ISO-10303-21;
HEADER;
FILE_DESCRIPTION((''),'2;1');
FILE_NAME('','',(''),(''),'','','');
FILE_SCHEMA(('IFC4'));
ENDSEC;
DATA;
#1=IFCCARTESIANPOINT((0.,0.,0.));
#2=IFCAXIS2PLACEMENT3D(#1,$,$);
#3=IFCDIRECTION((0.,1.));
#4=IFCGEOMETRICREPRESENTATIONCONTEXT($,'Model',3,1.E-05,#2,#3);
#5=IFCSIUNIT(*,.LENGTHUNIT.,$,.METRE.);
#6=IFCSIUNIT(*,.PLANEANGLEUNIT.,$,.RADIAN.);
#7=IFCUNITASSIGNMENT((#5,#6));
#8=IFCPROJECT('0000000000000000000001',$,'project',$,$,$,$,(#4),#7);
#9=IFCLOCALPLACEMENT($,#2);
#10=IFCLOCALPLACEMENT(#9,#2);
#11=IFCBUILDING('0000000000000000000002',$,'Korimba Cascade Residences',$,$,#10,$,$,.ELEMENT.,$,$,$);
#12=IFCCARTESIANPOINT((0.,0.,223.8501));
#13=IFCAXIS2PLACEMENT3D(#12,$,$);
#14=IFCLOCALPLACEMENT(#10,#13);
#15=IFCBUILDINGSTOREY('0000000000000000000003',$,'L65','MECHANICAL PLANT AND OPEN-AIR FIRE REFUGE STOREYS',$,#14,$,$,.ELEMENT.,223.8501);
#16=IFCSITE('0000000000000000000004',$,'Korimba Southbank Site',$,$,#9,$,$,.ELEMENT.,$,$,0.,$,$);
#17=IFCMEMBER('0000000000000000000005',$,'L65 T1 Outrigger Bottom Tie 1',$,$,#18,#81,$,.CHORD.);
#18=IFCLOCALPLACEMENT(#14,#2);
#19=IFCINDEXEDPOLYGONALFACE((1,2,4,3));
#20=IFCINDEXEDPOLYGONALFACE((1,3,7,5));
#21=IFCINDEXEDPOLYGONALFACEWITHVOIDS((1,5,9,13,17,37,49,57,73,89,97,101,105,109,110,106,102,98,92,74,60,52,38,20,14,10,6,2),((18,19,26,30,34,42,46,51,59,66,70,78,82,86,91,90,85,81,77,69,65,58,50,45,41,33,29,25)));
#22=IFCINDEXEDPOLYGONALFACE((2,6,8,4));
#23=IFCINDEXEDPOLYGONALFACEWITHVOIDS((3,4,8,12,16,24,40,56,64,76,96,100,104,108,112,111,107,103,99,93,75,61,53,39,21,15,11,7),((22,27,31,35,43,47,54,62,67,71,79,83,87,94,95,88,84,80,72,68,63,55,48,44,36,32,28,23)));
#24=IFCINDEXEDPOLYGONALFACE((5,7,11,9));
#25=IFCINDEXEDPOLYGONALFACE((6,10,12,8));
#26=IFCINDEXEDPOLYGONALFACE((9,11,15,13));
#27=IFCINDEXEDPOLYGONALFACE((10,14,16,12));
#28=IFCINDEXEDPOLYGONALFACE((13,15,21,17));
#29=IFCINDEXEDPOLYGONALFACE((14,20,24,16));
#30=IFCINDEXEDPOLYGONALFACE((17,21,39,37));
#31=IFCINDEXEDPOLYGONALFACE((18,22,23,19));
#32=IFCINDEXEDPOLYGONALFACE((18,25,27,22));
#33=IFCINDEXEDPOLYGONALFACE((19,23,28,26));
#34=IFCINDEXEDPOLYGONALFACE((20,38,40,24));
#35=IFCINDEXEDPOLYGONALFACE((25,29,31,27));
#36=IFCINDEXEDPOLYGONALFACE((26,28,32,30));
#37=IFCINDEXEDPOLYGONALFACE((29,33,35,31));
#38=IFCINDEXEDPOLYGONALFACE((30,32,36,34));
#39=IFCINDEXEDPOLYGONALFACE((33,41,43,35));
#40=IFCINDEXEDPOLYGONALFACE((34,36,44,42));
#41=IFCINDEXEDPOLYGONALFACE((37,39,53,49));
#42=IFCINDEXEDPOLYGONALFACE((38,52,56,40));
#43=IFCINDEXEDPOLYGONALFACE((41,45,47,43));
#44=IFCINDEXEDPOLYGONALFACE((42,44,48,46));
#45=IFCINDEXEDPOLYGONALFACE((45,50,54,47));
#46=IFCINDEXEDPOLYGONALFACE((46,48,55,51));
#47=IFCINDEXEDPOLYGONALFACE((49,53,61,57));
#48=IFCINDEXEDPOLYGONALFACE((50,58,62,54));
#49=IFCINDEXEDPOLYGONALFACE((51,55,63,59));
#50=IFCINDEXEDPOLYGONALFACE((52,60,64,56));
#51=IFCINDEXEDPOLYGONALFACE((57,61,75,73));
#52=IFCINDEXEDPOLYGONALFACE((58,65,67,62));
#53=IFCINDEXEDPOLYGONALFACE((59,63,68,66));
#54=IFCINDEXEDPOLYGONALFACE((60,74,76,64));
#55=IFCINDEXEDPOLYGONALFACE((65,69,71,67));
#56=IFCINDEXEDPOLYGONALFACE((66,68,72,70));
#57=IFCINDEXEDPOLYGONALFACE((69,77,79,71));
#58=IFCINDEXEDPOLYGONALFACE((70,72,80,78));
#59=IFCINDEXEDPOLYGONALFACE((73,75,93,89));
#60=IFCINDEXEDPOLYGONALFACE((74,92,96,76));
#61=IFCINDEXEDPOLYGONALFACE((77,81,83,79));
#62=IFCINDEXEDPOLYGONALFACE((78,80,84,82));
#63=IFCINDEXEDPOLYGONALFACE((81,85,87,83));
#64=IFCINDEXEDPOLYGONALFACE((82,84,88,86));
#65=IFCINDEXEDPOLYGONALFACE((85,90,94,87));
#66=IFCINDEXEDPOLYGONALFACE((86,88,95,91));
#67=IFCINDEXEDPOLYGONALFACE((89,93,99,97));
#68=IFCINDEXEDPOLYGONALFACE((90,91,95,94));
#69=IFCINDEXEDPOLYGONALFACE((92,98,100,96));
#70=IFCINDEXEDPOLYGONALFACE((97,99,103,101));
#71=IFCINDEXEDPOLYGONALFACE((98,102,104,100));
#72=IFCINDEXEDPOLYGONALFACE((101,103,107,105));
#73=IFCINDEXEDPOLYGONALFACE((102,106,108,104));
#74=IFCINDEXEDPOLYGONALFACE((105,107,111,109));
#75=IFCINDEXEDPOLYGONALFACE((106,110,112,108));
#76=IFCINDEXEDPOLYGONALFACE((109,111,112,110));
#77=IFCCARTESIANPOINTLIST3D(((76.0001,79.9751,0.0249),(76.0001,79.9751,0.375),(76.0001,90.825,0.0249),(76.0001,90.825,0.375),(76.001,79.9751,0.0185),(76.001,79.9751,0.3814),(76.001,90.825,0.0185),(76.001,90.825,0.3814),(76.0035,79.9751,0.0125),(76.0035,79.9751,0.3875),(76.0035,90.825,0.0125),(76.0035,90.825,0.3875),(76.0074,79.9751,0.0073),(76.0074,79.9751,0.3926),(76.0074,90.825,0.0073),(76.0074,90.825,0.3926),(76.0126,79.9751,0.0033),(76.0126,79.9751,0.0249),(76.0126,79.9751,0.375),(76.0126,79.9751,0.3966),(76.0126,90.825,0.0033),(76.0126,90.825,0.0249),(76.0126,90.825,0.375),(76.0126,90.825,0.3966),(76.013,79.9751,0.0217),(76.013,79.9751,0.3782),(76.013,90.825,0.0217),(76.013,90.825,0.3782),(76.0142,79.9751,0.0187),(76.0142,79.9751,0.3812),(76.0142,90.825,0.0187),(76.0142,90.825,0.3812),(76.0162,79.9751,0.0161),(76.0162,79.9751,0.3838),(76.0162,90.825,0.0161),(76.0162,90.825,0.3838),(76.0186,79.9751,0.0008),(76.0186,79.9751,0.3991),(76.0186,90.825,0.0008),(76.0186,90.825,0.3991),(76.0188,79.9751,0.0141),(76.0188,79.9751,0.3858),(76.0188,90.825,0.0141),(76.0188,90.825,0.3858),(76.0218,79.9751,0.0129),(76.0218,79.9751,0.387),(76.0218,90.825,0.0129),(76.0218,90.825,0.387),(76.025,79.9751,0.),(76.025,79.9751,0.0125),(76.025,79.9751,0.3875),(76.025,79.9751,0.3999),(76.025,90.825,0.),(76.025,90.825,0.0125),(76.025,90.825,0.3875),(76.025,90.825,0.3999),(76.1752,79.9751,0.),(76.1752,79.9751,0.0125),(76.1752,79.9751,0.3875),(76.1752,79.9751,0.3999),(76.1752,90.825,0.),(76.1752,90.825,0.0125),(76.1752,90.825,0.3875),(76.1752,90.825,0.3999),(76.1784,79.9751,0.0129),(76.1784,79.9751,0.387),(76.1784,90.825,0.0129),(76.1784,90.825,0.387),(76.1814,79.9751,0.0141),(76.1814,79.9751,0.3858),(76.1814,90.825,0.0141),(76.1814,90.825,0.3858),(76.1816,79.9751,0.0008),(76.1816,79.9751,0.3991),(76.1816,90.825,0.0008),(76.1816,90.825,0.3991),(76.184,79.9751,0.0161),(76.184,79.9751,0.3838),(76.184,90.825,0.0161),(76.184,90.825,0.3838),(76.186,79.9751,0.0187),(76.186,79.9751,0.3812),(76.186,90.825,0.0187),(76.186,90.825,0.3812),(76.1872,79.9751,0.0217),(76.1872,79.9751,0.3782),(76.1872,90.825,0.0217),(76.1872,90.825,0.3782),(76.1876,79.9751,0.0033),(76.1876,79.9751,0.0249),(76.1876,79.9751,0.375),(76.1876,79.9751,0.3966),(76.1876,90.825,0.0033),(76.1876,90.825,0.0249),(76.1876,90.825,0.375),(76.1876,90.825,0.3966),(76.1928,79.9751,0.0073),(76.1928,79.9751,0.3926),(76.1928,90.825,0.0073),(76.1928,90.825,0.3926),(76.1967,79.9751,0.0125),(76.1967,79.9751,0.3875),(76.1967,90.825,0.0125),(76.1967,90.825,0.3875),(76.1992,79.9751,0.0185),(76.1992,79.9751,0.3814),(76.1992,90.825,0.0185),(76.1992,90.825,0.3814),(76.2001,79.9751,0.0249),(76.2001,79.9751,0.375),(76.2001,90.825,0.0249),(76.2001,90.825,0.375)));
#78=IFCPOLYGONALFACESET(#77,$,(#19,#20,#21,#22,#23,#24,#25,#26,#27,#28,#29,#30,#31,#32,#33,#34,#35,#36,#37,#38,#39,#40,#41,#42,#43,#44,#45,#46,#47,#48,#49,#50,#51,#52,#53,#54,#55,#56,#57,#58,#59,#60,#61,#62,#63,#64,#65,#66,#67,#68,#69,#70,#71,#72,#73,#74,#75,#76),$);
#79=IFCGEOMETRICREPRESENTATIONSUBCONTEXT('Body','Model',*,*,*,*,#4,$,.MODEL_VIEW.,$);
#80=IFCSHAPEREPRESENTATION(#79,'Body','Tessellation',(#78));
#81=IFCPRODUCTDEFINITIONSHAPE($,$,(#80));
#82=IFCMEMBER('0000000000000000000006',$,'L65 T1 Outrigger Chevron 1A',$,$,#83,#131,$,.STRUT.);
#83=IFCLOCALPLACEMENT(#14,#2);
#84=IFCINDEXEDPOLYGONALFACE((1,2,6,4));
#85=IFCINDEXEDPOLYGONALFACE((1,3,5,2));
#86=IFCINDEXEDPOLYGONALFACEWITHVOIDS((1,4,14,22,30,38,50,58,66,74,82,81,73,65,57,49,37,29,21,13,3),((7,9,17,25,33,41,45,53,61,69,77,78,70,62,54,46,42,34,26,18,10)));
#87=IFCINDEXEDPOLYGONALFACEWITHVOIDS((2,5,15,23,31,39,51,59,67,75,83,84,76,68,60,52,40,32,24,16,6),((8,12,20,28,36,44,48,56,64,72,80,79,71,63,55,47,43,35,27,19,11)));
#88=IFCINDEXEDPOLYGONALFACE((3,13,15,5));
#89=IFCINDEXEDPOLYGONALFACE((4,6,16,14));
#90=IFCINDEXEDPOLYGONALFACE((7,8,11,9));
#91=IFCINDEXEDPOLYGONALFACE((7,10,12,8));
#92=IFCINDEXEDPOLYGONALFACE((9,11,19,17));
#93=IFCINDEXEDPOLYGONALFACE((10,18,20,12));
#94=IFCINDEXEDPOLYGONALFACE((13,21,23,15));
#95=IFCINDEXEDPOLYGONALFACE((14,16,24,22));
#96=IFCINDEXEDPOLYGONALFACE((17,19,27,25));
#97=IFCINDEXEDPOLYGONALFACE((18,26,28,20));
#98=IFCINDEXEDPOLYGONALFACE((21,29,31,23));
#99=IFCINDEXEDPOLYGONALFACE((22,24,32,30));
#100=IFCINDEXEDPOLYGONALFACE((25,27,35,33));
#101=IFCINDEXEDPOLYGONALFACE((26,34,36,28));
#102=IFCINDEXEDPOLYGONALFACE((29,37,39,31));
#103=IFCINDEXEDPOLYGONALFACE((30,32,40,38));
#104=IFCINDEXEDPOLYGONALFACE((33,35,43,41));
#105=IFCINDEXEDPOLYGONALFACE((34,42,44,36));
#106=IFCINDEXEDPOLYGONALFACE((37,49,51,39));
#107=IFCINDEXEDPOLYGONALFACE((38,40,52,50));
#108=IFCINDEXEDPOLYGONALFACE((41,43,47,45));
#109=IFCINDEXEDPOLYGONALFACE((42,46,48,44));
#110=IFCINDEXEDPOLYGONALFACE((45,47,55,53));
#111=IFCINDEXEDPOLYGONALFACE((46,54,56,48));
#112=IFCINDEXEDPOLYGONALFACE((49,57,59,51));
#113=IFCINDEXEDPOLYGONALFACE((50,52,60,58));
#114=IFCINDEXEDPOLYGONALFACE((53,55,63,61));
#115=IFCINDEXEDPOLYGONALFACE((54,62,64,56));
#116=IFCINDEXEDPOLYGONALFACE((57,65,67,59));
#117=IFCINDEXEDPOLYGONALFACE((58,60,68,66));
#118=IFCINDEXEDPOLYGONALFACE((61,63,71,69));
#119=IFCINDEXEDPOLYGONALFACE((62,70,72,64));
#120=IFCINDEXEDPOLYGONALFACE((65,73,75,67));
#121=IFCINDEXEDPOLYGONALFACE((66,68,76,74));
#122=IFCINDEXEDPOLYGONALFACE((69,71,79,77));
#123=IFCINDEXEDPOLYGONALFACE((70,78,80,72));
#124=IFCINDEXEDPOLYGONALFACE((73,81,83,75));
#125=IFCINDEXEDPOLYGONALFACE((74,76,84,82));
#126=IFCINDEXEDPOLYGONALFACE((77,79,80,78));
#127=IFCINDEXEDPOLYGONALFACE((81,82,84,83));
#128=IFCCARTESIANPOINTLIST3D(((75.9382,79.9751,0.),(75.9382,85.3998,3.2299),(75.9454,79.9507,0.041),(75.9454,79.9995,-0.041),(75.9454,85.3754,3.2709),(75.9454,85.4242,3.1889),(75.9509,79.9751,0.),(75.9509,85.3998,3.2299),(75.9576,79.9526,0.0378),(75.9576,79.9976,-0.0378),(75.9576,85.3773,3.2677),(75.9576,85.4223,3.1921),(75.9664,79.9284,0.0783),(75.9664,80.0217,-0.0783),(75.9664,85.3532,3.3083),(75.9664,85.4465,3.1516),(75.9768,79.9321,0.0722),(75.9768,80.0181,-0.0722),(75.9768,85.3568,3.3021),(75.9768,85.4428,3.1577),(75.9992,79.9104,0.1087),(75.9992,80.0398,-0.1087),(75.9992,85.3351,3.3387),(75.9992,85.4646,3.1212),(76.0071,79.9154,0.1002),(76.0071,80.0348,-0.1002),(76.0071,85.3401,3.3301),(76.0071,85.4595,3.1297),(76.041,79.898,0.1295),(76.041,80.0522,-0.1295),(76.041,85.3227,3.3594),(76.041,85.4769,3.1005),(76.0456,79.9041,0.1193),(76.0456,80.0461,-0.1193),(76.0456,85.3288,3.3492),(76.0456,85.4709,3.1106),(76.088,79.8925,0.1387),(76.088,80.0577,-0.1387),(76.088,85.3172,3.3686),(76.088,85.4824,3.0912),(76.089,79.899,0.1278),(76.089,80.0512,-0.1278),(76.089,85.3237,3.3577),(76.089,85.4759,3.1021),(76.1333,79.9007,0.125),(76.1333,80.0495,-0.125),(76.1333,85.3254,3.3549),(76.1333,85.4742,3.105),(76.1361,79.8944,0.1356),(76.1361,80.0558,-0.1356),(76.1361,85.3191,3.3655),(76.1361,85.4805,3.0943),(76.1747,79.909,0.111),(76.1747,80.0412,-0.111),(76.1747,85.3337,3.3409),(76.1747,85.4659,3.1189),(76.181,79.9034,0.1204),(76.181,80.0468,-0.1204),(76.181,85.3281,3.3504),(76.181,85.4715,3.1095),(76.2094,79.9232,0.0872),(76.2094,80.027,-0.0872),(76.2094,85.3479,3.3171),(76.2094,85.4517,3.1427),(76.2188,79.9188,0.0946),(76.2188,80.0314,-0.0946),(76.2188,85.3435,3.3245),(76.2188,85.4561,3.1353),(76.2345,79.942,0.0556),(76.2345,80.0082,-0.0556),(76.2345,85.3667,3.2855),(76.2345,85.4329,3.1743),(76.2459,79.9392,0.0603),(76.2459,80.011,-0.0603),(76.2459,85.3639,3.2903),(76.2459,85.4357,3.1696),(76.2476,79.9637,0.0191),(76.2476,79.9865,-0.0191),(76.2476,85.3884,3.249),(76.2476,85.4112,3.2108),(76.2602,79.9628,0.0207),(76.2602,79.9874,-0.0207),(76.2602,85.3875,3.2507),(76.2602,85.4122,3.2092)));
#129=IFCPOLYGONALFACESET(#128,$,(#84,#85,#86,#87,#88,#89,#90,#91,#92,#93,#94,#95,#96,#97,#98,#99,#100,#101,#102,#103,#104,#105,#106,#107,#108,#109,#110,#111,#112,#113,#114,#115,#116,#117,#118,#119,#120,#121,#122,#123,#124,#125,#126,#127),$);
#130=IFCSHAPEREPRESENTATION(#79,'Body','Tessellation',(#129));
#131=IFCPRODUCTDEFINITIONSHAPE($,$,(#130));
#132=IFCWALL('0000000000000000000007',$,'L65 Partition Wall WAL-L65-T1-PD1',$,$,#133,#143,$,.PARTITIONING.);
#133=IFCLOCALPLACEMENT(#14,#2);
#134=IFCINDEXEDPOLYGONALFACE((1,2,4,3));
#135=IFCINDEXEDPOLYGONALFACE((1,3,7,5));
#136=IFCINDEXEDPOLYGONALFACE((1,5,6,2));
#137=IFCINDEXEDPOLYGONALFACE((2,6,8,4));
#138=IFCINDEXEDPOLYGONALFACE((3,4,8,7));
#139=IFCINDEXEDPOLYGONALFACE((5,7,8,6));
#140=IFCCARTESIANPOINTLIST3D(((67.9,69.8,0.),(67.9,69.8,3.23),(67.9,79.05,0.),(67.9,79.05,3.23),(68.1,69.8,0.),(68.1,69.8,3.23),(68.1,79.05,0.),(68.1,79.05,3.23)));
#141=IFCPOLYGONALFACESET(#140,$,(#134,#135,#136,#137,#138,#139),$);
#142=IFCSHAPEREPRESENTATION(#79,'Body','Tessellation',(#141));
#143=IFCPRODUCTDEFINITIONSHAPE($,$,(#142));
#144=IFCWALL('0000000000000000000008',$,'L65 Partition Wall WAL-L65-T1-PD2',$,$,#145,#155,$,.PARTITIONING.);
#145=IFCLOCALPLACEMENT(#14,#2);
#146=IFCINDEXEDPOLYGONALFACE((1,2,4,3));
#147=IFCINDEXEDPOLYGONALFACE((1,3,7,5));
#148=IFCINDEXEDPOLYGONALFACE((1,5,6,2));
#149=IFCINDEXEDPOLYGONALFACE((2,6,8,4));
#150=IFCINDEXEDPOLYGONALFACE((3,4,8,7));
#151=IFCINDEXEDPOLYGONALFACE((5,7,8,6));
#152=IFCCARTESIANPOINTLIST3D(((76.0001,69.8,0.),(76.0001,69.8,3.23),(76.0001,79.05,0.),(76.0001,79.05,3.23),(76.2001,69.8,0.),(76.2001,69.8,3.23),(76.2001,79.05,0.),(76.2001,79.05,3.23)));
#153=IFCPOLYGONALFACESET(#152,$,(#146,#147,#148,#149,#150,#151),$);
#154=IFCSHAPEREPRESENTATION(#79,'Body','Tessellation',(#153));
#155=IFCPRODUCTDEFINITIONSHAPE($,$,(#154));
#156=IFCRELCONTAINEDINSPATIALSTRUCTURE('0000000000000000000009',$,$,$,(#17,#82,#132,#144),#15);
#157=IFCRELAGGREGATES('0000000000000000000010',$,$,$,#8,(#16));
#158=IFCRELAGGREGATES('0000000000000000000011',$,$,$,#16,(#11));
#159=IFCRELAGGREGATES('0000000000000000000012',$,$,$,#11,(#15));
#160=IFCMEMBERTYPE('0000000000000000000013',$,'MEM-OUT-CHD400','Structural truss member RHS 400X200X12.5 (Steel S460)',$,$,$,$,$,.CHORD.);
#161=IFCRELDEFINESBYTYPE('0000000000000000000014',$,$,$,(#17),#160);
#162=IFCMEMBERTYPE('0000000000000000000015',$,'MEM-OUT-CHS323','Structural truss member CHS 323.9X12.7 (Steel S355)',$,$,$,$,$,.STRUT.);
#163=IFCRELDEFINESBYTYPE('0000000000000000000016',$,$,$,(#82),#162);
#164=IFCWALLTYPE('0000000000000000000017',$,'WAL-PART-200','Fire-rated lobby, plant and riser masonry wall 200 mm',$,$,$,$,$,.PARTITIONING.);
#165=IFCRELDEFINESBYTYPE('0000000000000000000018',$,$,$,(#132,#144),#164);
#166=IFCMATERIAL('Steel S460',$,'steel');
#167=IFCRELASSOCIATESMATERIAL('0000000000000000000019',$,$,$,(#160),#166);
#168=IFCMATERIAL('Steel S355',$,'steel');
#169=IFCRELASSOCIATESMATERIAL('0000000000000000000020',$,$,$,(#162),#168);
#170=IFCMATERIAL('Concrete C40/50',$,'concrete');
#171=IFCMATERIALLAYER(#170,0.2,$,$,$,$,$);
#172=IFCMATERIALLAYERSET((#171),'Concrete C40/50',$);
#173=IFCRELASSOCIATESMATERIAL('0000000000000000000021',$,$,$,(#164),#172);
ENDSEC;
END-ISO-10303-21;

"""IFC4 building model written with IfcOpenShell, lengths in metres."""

from ifc_helpers import new_model, si_unit, direction, frame, frame_2d, origin, origin_2d, place, context, subcontext, project, spatial, rectangle, hollow_rectangle, hollow_circle, extrude, material, layer, layer_set, material_profile, profile_set, type_object, element, save


model = new_model("IFC4")

# Units and contexts
model_context = context("Model", 3, precision=1e-05, world=origin(), true_north=direction((0.0, 1.0)))
body_context = subcontext(model_context, "Body", "Model", "MODEL_VIEW")
ifc_project = project(units=[si_unit("LENGTHUNIT", "METRE"), si_unit("PLANEANGLEUNIT", "RADIAN")], contexts=[model_context])

# Site, building, storey
site_placement = place(None, origin())
site = spatial("IfcSite", under=ifc_project, at=site_placement, Name="Korimba Southbank Site", CompositionType="ELEMENT", RefElevation=0.0)
building_placement = place(site_placement, origin())
building = spatial("IfcBuilding", under=site, at=building_placement, Name="Korimba Cascade Residences", CompositionType="ELEMENT")
storey_placement = place(building_placement, frame((0.0, 0.0, 223.8501)))
storey = spatial("IfcBuildingStorey", under=building, at=storey_placement, Name="L65", Description="MECHANICAL PLANT AND OPEN-AIR FIRE REFUGE STOREYS", CompositionType="ELEMENT", Elevation=223.8501)

# Shared definitions
ifc_material_1 = material(Name="Steel S355", Category="steel")

# Members
ifc_material_2 = material(Name="Steel S460", Category="steel")
ifc_material_profile_1 = material_profile(ifc_material_2, hollow_rectangle(XDim=0.2, YDim=0.3999, WallThickness=0.0125, InnerFilletRadius=0.0125, OuterFilletRadius=0.0249, at=origin_2d()), Name="Steel S460")
ifc_profile_set_1 = profile_set([ifc_material_profile_1], Name="Steel S460")
member_type_1 = type_object("IfcMemberType", Name="MEM-OUT-CHD400", Description="Structural truss member RHS 400X200X12.5 (Steel S460)", PredefinedType="CHORD", material=ifc_profile_set_1)
member_1_placement = place(storey_placement, frame((76.1001, 79.9751, 0.2), z_axis=(0.0, 1.0, 0.0), x_axis=(-1.0, 0.0, 0.0)))
element("IfcMember", 1, at=member_1_placement, inside=storey, type_object=member_type_1, Name="L65 T1 Outrigger Bottom Tie 1", PredefinedType="CHORD", context=body_context, shape_type="SweptSolid", body=[
    extrude(hollow_rectangle(XDim=0.2, YDim=0.3999, WallThickness=0.0125, InnerFilletRadius=0.0125, OuterFilletRadius=0.0249, at=origin_2d()), origin(), (0.0, 0.0, 1.0), 10.8499),
])
ifc_material_profile_2 = material_profile(ifc_material_1, hollow_circle(Radius=0.1619, WallThickness=0.0127, at=origin_2d()), Name="Steel S355")
ifc_profile_set_2 = profile_set([ifc_material_profile_2], Name="Steel S355")
member_type_2 = type_object("IfcMemberType", Name="MEM-OUT-CHS323", Description="Structural truss member CHS 323.9X12.7 (Steel S355)", PredefinedType="STRUT", material=ifc_profile_set_2)
member_2_placement = place(storey_placement, frame((76.1001, 79.9751, 0.0), z_axis=(0.0, 0.859228, 0.511593), x_axis=(-1.0, 0.0, 0.0)))
element("IfcMember", 2, at=member_2_placement, inside=storey, type_object=member_type_2, Name="L65 T1 Outrigger Chevron 1A", PredefinedType="STRUT", context=body_context, shape_type="SweptSolid", body=[
    extrude(hollow_circle(Radius=0.1619, WallThickness=0.0127, at=origin_2d()), origin(), (0.0, 0.0, 1.0), 6.3135),
])

# Walls
ifc_material_3 = material(Name="Concrete C40/50", Category="concrete")
ifc_layer = layer(ifc_material_3, 0.2)
ifc_layer_set = layer_set([ifc_layer], Name="Concrete C40/50")
wall_type = type_object("IfcWallType", Name="WAL-PART-200", Description="Fire-rated lobby, plant and riser masonry wall 200 mm", PredefinedType="PARTITIONING", material=ifc_layer_set)
for number, where, z_axis, x_axis, name in (
    (3, (68.0, 69.8, 0.0), (0.0, 0.0, 1.0), (0.0, 1.0, 0.0), "L65 Partition Wall WAL-L65-T1-PD1"),
    (4, (76.1001, 69.8, 0.0), (0.0, 0.0, 1.0), (0.0, 1.0, 0.0), "L65 Partition Wall WAL-L65-T1-PD2"),
):
    element("IfcWall", number, at=place(storey_placement, frame(where, z_axis=z_axis, x_axis=x_axis)), inside=storey, type_object=wall_type, Name=name, PredefinedType="PARTITIONING", context=body_context, shape_type="SweptSolid", body=[
        extrude(rectangle(XDim=9.25, YDim=0.2, at=frame_2d((4.625, 0.0))), origin(), (0.0, 0.0, 1.0), 3.23),
    ])

save(model, "model.ifc")
